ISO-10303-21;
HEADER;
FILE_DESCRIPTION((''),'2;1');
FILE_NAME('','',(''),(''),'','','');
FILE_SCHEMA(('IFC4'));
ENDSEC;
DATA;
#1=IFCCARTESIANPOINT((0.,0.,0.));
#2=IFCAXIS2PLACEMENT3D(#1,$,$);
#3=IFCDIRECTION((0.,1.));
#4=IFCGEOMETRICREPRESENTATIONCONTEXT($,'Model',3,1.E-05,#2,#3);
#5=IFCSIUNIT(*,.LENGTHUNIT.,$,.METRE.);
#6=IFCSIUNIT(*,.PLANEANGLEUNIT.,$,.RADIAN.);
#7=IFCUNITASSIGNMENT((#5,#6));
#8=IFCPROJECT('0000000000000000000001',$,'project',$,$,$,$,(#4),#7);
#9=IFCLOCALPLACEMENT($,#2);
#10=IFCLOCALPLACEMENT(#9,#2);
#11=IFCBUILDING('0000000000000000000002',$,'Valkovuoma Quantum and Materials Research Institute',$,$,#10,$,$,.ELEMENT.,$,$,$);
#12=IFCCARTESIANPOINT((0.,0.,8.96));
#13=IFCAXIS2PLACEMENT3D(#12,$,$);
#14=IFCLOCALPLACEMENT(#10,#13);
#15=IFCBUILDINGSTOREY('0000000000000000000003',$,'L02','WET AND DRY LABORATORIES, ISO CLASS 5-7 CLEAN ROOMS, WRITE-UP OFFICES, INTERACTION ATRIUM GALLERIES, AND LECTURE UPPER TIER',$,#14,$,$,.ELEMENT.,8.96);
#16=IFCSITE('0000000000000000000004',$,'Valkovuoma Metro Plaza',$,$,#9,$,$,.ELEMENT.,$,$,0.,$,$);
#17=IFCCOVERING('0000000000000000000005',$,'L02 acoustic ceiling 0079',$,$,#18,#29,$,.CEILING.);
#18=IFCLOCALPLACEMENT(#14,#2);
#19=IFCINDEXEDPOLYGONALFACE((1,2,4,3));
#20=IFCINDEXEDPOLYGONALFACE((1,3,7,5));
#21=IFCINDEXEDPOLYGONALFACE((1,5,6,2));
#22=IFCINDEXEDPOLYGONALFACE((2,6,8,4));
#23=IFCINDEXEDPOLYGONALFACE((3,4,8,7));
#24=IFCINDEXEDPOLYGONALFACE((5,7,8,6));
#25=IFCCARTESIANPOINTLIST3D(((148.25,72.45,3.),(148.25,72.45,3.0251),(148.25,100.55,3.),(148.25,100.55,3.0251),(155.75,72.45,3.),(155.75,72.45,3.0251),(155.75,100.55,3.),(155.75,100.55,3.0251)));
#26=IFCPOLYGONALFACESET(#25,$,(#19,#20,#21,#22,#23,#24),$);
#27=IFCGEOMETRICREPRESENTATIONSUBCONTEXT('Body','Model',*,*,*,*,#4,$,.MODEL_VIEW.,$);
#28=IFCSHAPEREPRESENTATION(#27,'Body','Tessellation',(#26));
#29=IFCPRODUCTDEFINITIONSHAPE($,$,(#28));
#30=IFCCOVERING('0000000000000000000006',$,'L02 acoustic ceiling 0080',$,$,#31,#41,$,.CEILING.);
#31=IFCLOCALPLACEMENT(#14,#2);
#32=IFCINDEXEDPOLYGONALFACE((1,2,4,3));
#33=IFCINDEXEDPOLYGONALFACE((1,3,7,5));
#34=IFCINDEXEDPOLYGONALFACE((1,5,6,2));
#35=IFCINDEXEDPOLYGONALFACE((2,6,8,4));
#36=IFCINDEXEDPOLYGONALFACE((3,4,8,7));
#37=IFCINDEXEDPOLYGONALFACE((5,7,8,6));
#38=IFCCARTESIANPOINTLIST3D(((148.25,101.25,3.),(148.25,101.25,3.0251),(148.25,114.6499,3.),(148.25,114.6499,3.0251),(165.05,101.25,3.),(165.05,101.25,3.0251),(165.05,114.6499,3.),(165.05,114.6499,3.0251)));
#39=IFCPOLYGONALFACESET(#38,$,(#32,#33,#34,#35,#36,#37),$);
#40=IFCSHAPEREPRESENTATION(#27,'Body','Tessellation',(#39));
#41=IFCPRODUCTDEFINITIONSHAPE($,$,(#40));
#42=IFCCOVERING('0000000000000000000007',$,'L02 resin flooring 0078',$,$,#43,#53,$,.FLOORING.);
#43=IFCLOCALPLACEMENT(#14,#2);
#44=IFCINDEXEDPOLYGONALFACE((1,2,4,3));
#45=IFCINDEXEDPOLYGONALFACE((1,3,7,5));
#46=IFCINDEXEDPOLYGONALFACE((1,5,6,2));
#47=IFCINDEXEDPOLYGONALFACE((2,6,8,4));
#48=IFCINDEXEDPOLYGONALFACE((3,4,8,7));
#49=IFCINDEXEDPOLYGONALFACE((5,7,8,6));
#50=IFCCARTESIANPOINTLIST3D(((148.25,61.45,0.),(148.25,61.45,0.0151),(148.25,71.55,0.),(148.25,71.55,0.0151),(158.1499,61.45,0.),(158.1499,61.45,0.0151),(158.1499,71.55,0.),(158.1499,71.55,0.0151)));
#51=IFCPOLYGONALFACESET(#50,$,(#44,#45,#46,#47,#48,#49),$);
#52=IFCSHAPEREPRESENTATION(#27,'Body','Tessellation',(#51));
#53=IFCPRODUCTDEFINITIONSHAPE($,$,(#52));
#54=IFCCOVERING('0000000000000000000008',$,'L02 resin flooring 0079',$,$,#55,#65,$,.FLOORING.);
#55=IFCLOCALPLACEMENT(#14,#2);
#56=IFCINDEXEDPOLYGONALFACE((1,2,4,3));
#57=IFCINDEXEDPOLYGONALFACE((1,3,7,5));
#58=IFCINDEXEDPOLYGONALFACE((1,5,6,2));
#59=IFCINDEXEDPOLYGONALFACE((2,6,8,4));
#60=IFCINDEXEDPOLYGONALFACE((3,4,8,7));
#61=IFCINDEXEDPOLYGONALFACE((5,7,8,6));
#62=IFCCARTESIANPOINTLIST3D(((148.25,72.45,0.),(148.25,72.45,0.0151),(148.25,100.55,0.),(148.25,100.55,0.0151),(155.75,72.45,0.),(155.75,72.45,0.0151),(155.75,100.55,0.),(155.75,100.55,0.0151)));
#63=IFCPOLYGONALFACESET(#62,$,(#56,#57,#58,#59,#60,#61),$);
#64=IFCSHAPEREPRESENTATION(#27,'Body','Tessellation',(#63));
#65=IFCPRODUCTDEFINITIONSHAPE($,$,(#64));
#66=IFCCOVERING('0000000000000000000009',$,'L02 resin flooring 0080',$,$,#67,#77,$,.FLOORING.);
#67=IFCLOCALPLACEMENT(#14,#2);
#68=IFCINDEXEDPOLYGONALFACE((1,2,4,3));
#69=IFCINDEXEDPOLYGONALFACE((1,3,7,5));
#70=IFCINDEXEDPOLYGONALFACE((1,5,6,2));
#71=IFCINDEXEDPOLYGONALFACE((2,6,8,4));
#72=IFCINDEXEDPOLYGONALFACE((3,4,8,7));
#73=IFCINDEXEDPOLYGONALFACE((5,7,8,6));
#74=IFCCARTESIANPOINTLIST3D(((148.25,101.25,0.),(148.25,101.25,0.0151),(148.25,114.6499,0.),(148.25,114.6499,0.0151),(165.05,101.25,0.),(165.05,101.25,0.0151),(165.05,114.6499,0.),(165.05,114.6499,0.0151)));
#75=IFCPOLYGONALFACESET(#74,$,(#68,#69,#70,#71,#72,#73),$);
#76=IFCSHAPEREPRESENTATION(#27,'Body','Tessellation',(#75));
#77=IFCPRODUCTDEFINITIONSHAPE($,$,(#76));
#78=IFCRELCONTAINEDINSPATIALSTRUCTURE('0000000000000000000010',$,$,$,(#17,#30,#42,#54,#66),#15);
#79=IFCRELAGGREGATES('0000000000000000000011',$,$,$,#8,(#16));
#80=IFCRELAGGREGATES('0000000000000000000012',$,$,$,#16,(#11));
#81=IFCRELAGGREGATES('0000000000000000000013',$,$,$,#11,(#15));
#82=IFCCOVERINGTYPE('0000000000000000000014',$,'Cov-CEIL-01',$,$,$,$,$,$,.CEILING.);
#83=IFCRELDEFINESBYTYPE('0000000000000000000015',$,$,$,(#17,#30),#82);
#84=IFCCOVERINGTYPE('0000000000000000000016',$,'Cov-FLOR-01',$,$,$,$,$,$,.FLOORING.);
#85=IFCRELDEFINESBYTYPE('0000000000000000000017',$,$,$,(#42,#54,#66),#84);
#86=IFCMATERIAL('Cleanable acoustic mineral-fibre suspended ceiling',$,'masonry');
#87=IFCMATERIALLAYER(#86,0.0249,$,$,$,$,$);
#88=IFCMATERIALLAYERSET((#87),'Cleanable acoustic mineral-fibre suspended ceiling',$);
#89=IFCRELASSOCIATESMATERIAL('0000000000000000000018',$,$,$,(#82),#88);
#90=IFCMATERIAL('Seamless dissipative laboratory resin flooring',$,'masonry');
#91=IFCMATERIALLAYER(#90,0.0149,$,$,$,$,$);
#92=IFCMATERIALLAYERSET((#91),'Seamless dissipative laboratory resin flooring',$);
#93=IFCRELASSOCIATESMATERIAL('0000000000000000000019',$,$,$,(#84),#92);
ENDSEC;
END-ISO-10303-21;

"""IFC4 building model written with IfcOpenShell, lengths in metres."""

from ifc_helpers import new_model, si_unit, direction, frame, origin, place, context, subcontext, project, spatial, polyline, outline, extrude, material, layer, layer_set, type_object, element, save


model = new_model("IFC4")

# Units and contexts
model_context = context("Model", 3, precision=1e-05, world=origin(), true_north=direction((0.0, 1.0)))
body_context = subcontext(model_context, "Body", "Model", "MODEL_VIEW")
ifc_project = project(units=[si_unit("LENGTHUNIT", "METRE"), si_unit("PLANEANGLEUNIT", "RADIAN")], contexts=[model_context])

# Site, building, storey
site_placement = place(None, origin())
site = spatial("IfcSite", under=ifc_project, at=site_placement, Name="Valkovuoma Metro Plaza", CompositionType="ELEMENT", RefElevation=0.0)
building_placement = place(site_placement, origin())
building = spatial("IfcBuilding", under=site, at=building_placement, Name="Valkovuoma Quantum and Materials Research Institute", CompositionType="ELEMENT")
storey_placement = place(building_placement, frame((0.0, 0.0, 8.96)))
storey = spatial("IfcBuildingStorey", under=building, at=storey_placement, Name="L02", Description="WET AND DRY LABORATORIES, ISO CLASS 5-7 CLEAN ROOMS, WRITE-UP OFFICES, INTERACTION ATRIUM GALLERIES, AND LECTURE UPPER TIER", CompositionType="ELEMENT", Elevation=8.96)

# Coverings
ifc_material_1 = material(Name="Cleanable acoustic mineral-fibre suspended ceiling", Category="masonry")
ifc_layer_1 = layer(ifc_material_1, 0.0249)
ifc_layer_set_1 = layer_set([ifc_layer_1], Name="Cleanable acoustic mineral-fibre suspended ceiling")
covering_type_1 = type_object("IfcCoveringType", Name="Cov-CEIL-01", PredefinedType="CEILING", material=ifc_layer_set_1)
covering_1_placement = place(storey_placement, frame((0.0, 0.0, 3.0)))
element("IfcCovering", 1, at=covering_1_placement, inside=storey, type_object=covering_type_1, Name="L02 acoustic ceiling 0079", PredefinedType="CEILING", context=body_context, shape_type="SweptSolid", body=[
    extrude(outline(polyline([(148.25, 72.45), (155.75, 72.45), (155.75, 100.55), (148.25, 100.55), (148.25, 72.45)])), origin(), (0.0, 0.0, 1.0), 0.0251),
])
covering_2_placement = place(storey_placement, frame((0.0, 0.0, 3.0)))
element("IfcCovering", 2, at=covering_2_placement, inside=storey, type_object=covering_type_1, Name="L02 acoustic ceiling 0080", PredefinedType="CEILING", context=body_context, shape_type="SweptSolid", body=[
    extrude(outline(polyline([(148.25, 101.25), (165.05, 101.25), (165.05, 114.6499), (148.25, 114.6499), (148.25, 101.25)])), origin(), (0.0, 0.0, 1.0), 0.0251),
])
ifc_material_2 = material(Name="Seamless dissipative laboratory resin flooring", Category="masonry")
ifc_layer_2 = layer(ifc_material_2, 0.0149)
ifc_layer_set_2 = layer_set([ifc_layer_2], Name="Seamless dissipative laboratory resin flooring")
covering_type_2 = type_object("IfcCoveringType", Name="Cov-FLOR-01", PredefinedType="FLOORING", material=ifc_layer_set_2)
covering_3_placement = place(storey_placement, origin())
element("IfcCovering", 3, at=covering_3_placement, inside=storey, type_object=covering_type_2, Name="L02 resin flooring 0078", PredefinedType="FLOORING", context=body_context, shape_type="SweptSolid", body=[
    extrude(outline(polyline([(148.25, 61.45), (158.1499, 61.45), (158.1499, 71.55), (148.25, 71.55), (148.25, 61.45)])), origin(), (0.0, 0.0, 1.0), 0.0151),
])
covering_4_placement = place(storey_placement, origin())
element("IfcCovering", 4, at=covering_4_placement, inside=storey, type_object=covering_type_2, Name="L02 resin flooring 0079", PredefinedType="FLOORING", context=body_context, shape_type="SweptSolid", body=[
    extrude(outline(polyline([(148.25, 72.45), (155.75, 72.45), (155.75, 100.55), (148.25, 100.55), (148.25, 72.45)])), origin(), (0.0, 0.0, 1.0), 0.0151),
])
covering_5_placement = place(storey_placement, origin())
element("IfcCovering", 5, at=covering_5_placement, inside=storey, type_object=covering_type_2, Name="L02 resin flooring 0080", PredefinedType="FLOORING", context=body_context, shape_type="SweptSolid", body=[
    extrude(outline(polyline([(148.25, 101.25), (165.05, 101.25), (165.05, 114.6499), (148.25, 114.6499), (148.25, 101.25)])), origin(), (0.0, 0.0, 1.0), 0.0151),
])

save(model, "model.ifc")
